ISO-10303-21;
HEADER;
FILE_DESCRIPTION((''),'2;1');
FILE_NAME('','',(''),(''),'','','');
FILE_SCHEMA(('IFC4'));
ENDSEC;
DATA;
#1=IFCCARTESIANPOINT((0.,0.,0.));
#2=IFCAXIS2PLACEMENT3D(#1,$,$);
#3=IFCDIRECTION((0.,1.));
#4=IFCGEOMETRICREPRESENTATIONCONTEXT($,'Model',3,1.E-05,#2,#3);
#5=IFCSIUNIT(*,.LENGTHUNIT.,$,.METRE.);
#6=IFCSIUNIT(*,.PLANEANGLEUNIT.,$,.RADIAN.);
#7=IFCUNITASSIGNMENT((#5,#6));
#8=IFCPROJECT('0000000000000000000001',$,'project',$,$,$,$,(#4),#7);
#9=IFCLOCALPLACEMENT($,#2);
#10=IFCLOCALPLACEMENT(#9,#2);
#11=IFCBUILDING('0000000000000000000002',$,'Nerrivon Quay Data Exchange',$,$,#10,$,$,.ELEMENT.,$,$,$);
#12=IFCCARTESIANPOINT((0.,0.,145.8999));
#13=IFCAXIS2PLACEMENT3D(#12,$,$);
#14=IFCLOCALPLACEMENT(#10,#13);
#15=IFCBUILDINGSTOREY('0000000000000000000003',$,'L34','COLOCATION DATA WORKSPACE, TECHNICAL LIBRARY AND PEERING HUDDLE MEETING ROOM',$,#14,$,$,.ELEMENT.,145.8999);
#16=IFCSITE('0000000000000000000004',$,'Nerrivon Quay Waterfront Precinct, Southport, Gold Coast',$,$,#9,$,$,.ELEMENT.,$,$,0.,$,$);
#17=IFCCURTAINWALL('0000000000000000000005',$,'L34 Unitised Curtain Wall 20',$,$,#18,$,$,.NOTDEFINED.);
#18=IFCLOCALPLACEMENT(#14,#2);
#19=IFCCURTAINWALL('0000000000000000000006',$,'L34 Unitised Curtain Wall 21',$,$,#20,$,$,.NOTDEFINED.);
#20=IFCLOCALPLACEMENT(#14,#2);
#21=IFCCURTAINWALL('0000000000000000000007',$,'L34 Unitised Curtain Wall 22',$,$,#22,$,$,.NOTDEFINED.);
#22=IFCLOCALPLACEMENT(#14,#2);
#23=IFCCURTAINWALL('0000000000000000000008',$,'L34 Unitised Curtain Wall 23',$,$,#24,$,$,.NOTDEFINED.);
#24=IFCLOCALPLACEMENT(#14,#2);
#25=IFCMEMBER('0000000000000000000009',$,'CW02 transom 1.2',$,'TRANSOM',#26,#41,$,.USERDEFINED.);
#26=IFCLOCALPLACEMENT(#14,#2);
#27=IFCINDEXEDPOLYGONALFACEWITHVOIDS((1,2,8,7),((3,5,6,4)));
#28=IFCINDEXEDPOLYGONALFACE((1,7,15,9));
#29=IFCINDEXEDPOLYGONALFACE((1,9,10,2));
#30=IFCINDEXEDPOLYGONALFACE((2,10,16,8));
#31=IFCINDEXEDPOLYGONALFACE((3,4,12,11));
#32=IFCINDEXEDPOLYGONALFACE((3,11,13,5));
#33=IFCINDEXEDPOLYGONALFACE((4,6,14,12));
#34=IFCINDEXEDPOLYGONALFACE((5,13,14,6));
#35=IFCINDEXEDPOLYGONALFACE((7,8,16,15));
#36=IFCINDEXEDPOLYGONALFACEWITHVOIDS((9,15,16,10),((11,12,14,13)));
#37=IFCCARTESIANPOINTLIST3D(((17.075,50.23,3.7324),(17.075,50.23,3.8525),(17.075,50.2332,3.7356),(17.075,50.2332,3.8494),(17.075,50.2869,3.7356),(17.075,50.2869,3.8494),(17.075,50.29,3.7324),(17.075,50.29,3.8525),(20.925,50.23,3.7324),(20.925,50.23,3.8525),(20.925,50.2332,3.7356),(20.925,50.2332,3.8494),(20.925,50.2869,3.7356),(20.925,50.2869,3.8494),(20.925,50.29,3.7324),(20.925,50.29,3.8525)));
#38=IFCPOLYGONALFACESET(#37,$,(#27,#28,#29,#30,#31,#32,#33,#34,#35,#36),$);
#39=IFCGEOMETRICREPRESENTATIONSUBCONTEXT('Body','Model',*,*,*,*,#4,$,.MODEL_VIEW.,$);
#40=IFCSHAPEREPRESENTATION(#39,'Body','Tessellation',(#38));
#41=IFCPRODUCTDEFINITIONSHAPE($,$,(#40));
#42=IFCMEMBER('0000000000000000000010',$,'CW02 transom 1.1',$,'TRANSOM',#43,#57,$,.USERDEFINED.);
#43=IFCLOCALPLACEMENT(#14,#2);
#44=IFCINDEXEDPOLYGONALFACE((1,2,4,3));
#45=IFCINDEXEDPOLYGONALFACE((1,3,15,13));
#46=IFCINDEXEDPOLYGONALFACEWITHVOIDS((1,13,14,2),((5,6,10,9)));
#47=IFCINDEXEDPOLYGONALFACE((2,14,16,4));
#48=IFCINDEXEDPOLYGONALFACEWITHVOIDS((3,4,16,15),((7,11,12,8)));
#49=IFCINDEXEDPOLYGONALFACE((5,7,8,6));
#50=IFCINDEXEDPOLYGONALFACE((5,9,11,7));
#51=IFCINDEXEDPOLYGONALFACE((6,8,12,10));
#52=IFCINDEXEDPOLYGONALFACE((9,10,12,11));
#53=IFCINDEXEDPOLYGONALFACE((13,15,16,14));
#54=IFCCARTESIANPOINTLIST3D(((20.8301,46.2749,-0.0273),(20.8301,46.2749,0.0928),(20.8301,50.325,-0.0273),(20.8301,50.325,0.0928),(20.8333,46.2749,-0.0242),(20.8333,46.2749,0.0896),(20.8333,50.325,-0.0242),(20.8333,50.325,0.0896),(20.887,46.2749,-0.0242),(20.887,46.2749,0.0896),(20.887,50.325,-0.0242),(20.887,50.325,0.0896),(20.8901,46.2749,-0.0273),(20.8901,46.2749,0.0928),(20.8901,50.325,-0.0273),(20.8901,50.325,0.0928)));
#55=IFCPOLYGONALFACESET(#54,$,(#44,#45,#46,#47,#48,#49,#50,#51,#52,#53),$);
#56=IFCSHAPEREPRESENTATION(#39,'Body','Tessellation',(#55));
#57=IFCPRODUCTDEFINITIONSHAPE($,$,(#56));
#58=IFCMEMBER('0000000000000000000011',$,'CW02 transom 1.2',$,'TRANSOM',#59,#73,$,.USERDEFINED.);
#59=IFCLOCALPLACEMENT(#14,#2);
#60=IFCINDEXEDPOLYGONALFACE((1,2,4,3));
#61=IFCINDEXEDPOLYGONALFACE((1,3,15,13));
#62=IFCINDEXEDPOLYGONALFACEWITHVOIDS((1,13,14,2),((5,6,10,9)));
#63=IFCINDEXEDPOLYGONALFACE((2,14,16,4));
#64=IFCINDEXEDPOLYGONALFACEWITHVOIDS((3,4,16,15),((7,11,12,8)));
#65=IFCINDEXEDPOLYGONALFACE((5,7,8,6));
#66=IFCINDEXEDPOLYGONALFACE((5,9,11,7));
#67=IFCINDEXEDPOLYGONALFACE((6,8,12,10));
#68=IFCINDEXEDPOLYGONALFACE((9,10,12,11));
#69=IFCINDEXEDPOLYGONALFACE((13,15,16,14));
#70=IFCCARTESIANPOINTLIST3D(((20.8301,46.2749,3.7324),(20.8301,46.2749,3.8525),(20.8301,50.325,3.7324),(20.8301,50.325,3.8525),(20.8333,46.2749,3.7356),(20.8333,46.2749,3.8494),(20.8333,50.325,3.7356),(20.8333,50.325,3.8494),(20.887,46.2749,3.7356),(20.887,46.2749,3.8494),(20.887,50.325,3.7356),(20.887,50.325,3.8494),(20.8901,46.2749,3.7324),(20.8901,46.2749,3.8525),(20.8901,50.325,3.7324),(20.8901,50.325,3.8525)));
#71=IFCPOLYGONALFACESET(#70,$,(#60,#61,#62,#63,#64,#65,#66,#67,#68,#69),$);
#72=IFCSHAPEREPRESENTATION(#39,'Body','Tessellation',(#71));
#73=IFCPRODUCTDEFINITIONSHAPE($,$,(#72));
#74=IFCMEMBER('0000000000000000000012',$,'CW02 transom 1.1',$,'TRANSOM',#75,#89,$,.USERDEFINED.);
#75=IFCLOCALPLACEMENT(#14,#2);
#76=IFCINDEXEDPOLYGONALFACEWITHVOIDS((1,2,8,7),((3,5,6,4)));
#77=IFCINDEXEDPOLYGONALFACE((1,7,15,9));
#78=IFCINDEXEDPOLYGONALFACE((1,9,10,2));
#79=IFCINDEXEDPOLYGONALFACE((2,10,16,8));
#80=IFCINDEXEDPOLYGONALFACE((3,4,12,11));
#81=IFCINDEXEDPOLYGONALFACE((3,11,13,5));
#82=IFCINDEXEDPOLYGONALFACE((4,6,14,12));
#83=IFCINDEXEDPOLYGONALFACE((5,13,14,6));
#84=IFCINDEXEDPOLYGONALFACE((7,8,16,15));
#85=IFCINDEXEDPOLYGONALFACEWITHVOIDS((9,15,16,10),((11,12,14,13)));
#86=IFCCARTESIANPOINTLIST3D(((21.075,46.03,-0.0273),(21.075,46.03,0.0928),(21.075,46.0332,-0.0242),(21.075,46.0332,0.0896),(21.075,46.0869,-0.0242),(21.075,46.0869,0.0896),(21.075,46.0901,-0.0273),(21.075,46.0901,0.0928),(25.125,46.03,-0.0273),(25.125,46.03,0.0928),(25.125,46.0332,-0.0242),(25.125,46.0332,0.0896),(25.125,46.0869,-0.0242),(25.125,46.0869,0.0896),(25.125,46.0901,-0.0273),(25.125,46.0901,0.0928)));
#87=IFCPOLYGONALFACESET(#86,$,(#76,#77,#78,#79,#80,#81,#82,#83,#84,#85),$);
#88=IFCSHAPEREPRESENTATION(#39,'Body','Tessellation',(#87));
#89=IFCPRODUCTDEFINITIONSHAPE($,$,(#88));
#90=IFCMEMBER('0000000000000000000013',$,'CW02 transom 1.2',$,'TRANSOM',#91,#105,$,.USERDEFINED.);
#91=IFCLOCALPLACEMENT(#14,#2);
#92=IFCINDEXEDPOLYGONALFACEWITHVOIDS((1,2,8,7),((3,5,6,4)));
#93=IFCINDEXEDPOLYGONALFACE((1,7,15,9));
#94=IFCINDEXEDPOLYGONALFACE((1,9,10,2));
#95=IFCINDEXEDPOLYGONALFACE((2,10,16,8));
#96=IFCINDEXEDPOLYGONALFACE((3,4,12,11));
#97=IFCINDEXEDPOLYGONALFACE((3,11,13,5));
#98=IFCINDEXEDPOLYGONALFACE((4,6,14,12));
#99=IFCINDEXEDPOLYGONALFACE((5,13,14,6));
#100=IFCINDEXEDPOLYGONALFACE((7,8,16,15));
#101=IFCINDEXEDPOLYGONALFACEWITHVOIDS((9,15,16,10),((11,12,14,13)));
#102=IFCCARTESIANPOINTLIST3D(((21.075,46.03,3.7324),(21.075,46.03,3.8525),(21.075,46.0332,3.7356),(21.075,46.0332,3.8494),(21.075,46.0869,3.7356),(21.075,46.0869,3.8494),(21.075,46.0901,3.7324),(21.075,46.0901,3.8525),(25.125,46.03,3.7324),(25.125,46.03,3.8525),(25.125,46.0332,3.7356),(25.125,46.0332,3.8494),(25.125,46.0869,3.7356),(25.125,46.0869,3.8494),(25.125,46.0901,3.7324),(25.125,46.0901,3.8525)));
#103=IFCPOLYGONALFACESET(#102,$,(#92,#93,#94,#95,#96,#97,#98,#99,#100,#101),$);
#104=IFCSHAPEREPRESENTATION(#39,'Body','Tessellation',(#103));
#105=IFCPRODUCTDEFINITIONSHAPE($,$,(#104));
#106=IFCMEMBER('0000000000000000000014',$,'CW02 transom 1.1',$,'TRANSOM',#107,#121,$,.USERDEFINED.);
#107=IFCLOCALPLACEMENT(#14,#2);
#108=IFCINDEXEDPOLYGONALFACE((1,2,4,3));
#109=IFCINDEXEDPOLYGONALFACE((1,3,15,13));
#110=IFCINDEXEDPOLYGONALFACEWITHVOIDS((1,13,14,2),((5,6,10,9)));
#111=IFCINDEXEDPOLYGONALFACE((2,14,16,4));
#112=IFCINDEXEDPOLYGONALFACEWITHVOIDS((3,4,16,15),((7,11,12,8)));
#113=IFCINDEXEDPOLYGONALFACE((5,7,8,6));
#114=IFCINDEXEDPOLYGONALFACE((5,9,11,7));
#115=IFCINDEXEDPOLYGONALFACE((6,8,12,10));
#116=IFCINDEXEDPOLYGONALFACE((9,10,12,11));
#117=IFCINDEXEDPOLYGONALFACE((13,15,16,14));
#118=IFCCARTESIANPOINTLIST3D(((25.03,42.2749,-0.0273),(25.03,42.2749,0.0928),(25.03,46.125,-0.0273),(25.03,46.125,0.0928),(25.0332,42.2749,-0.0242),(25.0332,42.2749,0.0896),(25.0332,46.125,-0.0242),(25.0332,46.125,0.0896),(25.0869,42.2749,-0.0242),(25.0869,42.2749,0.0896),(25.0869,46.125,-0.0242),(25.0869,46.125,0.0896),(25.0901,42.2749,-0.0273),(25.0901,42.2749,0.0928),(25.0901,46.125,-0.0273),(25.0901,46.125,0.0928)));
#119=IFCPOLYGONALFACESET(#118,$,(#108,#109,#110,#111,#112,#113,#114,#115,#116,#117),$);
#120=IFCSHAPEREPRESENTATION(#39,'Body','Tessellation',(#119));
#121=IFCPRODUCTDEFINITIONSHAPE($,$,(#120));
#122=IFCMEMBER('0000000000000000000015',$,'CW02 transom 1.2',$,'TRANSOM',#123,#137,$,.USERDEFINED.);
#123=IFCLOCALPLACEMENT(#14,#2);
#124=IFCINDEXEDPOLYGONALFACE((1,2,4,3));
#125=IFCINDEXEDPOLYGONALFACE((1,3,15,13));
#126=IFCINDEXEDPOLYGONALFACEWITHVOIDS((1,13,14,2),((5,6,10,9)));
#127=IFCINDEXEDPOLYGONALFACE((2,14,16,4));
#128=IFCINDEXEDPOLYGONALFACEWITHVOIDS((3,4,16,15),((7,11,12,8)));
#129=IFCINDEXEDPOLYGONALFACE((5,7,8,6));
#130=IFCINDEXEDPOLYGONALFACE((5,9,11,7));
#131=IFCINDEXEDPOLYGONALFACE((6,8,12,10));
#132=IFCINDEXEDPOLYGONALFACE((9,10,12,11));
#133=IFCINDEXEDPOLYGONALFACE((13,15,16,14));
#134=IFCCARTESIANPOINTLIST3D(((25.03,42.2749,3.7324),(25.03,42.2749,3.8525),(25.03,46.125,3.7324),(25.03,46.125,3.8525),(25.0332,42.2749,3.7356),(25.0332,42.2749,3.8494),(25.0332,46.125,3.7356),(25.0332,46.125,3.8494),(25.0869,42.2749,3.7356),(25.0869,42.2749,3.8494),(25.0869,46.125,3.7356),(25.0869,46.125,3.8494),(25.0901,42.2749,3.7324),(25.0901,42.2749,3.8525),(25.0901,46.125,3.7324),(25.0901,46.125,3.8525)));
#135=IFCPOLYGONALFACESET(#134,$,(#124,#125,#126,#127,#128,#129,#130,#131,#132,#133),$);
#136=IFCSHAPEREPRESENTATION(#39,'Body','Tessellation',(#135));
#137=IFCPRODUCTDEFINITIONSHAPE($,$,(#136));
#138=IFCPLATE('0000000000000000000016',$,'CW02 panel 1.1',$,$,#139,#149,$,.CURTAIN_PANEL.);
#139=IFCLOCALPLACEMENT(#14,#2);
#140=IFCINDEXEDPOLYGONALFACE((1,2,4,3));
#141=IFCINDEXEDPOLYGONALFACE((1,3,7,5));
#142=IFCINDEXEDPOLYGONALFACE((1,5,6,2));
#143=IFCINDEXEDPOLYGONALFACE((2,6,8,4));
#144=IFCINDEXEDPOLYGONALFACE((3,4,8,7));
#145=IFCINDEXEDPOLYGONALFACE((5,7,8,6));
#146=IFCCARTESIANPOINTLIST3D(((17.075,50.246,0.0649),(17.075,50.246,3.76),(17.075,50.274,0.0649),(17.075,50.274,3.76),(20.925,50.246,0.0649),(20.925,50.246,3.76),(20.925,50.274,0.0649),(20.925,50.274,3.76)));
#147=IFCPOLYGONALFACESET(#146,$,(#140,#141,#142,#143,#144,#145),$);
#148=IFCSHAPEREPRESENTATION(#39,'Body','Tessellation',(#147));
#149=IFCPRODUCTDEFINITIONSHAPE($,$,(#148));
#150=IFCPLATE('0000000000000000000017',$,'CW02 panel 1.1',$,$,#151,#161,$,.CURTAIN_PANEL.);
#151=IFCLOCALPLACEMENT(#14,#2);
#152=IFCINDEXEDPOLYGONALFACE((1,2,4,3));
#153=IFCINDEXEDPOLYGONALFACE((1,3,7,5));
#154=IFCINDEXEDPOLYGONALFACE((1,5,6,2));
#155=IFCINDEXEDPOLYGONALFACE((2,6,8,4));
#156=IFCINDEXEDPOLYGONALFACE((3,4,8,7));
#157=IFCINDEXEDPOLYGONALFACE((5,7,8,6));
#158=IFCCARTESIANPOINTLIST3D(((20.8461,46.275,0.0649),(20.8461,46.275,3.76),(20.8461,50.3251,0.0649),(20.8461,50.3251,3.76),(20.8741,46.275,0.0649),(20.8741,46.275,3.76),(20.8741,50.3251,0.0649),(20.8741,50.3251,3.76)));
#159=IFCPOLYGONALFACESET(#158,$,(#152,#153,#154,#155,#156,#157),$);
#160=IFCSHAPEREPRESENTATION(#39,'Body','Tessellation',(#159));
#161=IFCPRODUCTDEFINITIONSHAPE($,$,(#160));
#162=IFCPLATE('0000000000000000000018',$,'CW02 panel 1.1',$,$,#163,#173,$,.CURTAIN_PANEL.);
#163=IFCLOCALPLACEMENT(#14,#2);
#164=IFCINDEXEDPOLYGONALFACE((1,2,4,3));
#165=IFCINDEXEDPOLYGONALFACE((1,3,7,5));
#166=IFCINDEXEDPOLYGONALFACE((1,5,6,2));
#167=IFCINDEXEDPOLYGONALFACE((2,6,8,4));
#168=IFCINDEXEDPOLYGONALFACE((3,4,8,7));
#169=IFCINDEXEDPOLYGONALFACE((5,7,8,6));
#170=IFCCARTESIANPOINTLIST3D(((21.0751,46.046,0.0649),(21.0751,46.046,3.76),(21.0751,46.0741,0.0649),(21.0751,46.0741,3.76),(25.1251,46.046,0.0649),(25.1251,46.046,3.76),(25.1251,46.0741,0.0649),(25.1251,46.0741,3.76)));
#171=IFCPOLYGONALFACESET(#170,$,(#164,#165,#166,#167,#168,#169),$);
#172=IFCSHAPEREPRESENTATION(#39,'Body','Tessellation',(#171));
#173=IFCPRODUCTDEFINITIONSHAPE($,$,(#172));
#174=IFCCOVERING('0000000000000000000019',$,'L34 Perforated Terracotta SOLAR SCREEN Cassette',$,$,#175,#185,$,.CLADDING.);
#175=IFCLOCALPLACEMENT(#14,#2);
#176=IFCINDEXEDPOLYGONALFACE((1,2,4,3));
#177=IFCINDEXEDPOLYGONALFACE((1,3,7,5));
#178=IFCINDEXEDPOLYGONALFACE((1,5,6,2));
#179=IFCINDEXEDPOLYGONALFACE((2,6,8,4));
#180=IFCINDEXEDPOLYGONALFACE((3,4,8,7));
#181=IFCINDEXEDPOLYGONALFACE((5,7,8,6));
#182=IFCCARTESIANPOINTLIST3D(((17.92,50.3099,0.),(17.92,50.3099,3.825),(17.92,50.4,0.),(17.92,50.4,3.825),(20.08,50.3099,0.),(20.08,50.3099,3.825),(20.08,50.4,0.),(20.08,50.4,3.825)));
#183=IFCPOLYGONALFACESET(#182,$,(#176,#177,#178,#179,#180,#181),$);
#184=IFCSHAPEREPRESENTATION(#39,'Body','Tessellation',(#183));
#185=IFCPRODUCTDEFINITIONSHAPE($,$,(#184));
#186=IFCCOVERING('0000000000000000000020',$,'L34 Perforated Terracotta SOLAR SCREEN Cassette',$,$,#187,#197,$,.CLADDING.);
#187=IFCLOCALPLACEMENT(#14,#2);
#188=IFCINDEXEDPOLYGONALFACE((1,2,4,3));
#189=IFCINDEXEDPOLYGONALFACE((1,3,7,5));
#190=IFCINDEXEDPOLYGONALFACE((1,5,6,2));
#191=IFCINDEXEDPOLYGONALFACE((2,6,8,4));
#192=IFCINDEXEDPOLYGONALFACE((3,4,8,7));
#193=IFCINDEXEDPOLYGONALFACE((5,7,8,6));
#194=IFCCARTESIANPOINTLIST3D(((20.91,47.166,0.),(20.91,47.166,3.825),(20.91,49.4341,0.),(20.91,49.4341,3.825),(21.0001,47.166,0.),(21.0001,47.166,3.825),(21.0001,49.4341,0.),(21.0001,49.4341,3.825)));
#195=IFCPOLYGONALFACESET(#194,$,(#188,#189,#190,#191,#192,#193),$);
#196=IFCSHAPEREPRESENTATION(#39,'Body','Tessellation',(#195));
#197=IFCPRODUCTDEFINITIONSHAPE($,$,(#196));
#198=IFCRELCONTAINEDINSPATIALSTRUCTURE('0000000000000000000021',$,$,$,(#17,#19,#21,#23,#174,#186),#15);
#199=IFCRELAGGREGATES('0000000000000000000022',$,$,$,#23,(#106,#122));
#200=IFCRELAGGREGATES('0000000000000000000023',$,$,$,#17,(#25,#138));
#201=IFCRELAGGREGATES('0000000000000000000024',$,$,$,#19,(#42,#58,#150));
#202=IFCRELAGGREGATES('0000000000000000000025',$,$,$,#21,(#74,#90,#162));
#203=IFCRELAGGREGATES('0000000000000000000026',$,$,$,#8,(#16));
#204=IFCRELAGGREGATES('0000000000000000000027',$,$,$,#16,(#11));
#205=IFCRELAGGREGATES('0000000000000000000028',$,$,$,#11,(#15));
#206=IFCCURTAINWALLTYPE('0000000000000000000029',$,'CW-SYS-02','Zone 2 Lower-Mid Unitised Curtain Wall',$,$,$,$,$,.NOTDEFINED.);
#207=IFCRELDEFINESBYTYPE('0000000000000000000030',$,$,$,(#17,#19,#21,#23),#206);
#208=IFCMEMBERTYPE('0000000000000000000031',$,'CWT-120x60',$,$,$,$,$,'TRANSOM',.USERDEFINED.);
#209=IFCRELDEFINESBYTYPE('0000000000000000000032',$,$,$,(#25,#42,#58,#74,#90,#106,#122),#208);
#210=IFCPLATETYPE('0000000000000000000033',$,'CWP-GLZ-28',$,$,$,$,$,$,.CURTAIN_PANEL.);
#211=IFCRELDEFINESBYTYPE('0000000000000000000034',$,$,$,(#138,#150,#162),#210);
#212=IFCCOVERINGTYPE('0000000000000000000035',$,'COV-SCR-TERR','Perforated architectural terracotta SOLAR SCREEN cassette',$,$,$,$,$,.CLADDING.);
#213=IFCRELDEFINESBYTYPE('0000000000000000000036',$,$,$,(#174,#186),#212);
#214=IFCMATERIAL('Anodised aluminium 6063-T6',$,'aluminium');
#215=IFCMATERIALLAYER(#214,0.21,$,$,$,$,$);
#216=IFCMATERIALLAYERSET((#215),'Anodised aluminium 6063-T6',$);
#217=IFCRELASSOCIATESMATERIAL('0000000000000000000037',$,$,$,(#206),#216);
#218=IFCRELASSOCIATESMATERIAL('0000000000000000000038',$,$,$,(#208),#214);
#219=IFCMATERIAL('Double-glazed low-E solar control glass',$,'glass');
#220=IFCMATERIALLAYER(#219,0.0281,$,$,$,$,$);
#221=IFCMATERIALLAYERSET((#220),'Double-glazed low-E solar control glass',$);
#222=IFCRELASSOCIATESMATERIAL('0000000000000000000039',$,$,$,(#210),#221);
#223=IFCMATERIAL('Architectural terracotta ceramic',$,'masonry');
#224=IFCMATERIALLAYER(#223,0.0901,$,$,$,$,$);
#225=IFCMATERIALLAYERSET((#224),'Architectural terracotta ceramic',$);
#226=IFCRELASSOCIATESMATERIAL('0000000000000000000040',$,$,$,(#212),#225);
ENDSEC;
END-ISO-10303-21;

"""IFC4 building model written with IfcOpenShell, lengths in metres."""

from ifc_helpers import new_model, si_unit, direction, frame, origin, origin_2d, place, context, subcontext, project, spatial, rectangle, hollow_rectangle, extrude, material, layer, layer_set, material_profile, profile_set, type_object, element, aggregate, save


model = new_model("IFC4")

# Units and contexts
model_context = context("Model", 3, precision=1e-05, world=origin(), true_north=direction((0.0, 1.0)))
body_context = subcontext(model_context, "Body", "Model", "MODEL_VIEW")
ifc_project = project(units=[si_unit("LENGTHUNIT", "METRE"), si_unit("PLANEANGLEUNIT", "RADIAN")], contexts=[model_context])

# Site, building, storey
site_placement = place(None, origin())
site = spatial("IfcSite", under=ifc_project, at=site_placement, Name="Nerrivon Quay Waterfront Precinct, Southport, Gold Coast", CompositionType="ELEMENT", RefElevation=0.0)
building_placement = place(site_placement, origin())
building = spatial("IfcBuilding", under=site, at=building_placement, Name="Nerrivon Quay Data Exchange", CompositionType="ELEMENT")
storey_placement = place(building_placement, frame((0.0, 0.0, 145.8999)))
storey = spatial("IfcBuildingStorey", under=building, at=storey_placement, Name="L34", Description="COLOCATION DATA WORKSPACE, TECHNICAL LIBRARY AND PEERING HUDDLE MEETING ROOM", CompositionType="ELEMENT", Elevation=145.8999)

# Shared definitions
ifc_material_1 = material(Name="Anodised aluminium 6063-T6", Category="aluminium")
ifc_layer_1 = layer(ifc_material_1, 0.21)
ifc_layer_set_1 = layer_set([ifc_layer_1], Name="Anodised aluminium 6063-T6")
curtain_wall_type = type_object("IfcCurtainWallType", Name="CW-SYS-02", Description="Zone 2 Lower-Mid Unitised Curtain Wall", PredefinedType="NOTDEFINED", material=ifc_layer_set_1)

# Curtain walls
curtain_wall_1_placement = place(storey_placement, origin())
curtain_wall_1 = element("IfcCurtainWall", 1, at=curtain_wall_1_placement, inside=storey, type_object=curtain_wall_type, Name="L34 Unitised Curtain Wall 20", PredefinedType="NOTDEFINED")
curtain_wall_2_placement = place(storey_placement, origin())
curtain_wall_2 = element("IfcCurtainWall", 2, at=curtain_wall_2_placement, inside=storey, type_object=curtain_wall_type, Name="L34 Unitised Curtain Wall 21", PredefinedType="NOTDEFINED")
curtain_wall_3_placement = place(storey_placement, origin())
curtain_wall_3 = element("IfcCurtainWall", 3, at=curtain_wall_3_placement, inside=storey, type_object=curtain_wall_type, Name="L34 Unitised Curtain Wall 22", PredefinedType="NOTDEFINED")

# Curtain wall
curtain_wall_4_placement = place(storey_placement, origin())
curtain_wall_4 = element("IfcCurtainWall", 4, at=curtain_wall_4_placement, inside=storey, type_object=curtain_wall_type, Name="L34 Unitised Curtain Wall 23", PredefinedType="NOTDEFINED")

# Members
ifc_material_profile_1 = material_profile(ifc_material_1, hollow_rectangle(XDim=0.0601, YDim=0.1201, WallThickness=0.0032, at=origin_2d()), Name="ALU-TRAN-120x60")
ifc_profile_set_1 = profile_set([ifc_material_profile_1], Name="Anodised aluminium 6063-T6")
member_type_1 = type_object("IfcMemberType", Name="CWT-120x60", ElementType="TRANSOM", PredefinedType="USERDEFINED", material=ifc_profile_set_1)
member_1_placement = place(storey_placement, frame((17.075, 50.26, 3.7925), z_axis=(1.0, 0.0, 0.0), x_axis=(0.0, 1.0, 0.0)))
member_1 = element("IfcMember", 5, at=member_1_placement, type_object=member_type_1, Name="CW02 transom 1.2", ObjectType="TRANSOM", PredefinedType="USERDEFINED", context=body_context, shape_type="SweptSolid", body=[
    extrude(hollow_rectangle(XDim=0.0601, YDim=0.1201, WallThickness=0.0032, at=origin_2d()), origin(), (0.0, 0.0, 1.0), 3.8501),
])
member_2_placement = place(storey_placement, frame((20.8601, 50.325, 0.0327), z_axis=(0.0, -1.0, 0.0), x_axis=(1.0, 0.0, 0.0)))
member_2 = element("IfcMember", 6, at=member_2_placement, type_object=member_type_1, Name="CW02 transom 1.1", ObjectType="TRANSOM", PredefinedType="USERDEFINED", context=body_context, shape_type="SweptSolid", body=[
    extrude(hollow_rectangle(XDim=0.0601, YDim=0.1201, WallThickness=0.0032, at=origin_2d()), origin(), (0.0, 0.0, 1.0), 4.05),
])
member_3_placement = place(storey_placement, frame((20.8601, 50.325, 3.7925), z_axis=(0.0, -1.0, 0.0), x_axis=(1.0, 0.0, 0.0)))
member_3 = element("IfcMember", 7, at=member_3_placement, type_object=member_type_1, Name="CW02 transom 1.2", ObjectType="TRANSOM", PredefinedType="USERDEFINED", context=body_context, shape_type="SweptSolid", body=[
    extrude(hollow_rectangle(XDim=0.0601, YDim=0.1201, WallThickness=0.0032, at=origin_2d()), origin(), (0.0, 0.0, 1.0), 4.05),
])
member_4_placement = place(storey_placement, frame((21.075, 46.0601, 0.0327), z_axis=(1.0, 0.0, 0.0), x_axis=(0.0, 1.0, 0.0)))
member_4 = element("IfcMember", 8, at=member_4_placement, type_object=member_type_1, Name="CW02 transom 1.1", ObjectType="TRANSOM", PredefinedType="USERDEFINED", context=body_context, shape_type="SweptSolid", body=[
    extrude(hollow_rectangle(XDim=0.0601, YDim=0.1201, WallThickness=0.0032, at=origin_2d()), origin(), (0.0, 0.0, 1.0), 4.05),
])
member_5_placement = place(storey_placement, frame((21.075, 46.0601, 3.7925), z_axis=(1.0, 0.0, 0.0), x_axis=(0.0, 1.0, 0.0)))
member_5 = element("IfcMember", 9, at=member_5_placement, type_object=member_type_1, Name="CW02 transom 1.2", ObjectType="TRANSOM", PredefinedType="USERDEFINED", context=body_context, shape_type="SweptSolid", body=[
    extrude(hollow_rectangle(XDim=0.0601, YDim=0.1201, WallThickness=0.0032, at=origin_2d()), origin(), (0.0, 0.0, 1.0), 4.05),
])
member_6_placement = place(storey_placement, frame((25.0601, 46.125, 0.0327), z_axis=(0.0, -1.0, 0.0), x_axis=(1.0, 0.0, 0.0)))
member_6 = element("IfcMember", 10, at=member_6_placement, type_object=member_type_1, Name="CW02 transom 1.1", ObjectType="TRANSOM", PredefinedType="USERDEFINED", context=body_context, shape_type="SweptSolid", body=[
    extrude(hollow_rectangle(XDim=0.0601, YDim=0.1201, WallThickness=0.0032, at=origin_2d()), origin(), (0.0, 0.0, 1.0), 3.8501),
])
member_7_placement = place(storey_placement, frame((25.0601, 46.125, 3.7925), z_axis=(0.0, -1.0, 0.0), x_axis=(1.0, 0.0, 0.0)))
member_7 = element("IfcMember", 11, at=member_7_placement, type_object=member_type_1, Name="CW02 transom 1.2", ObjectType="TRANSOM", PredefinedType="USERDEFINED", context=body_context, shape_type="SweptSolid", body=[
    extrude(hollow_rectangle(XDim=0.0601, YDim=0.1201, WallThickness=0.0032, at=origin_2d()), origin(), (0.0, 0.0, 1.0), 3.8501),
])
aggregate(curtain_wall_4, [member_6, member_7])

# Plates
ifc_material_2 = material(Name="Double-glazed low-E solar control glass", Category="glass")
ifc_layer_2 = layer(ifc_material_2, 0.0281)
ifc_layer_set_2 = layer_set([ifc_layer_2], Name="Double-glazed low-E solar control glass")
plate_type = type_object("IfcPlateType", Name="CWP-GLZ-28", PredefinedType="CURTAIN_PANEL", material=ifc_layer_set_2)
plate_1_placement = place(storey_placement, frame((19.0, 50.26, 0.0649), z_axis=(0.0, 0.0, 1.0), x_axis=(1.0, 0.0, 0.0)))
plate_1 = element("IfcPlate", 12, at=plate_1_placement, type_object=plate_type, Name="CW02 panel 1.1", PredefinedType="CURTAIN_PANEL", context=body_context, shape_type="SweptSolid", body=[
    extrude(rectangle(XDim=3.8501, YDim=0.0281, at=origin_2d()), origin(), (0.0, 0.0, 1.0), 3.6951),
])
aggregate(curtain_wall_1, [member_1, plate_1])
plate_2_placement = place(storey_placement, frame((20.8601, 48.3, 0.0649), z_axis=(0.0, 0.0, 1.0), x_axis=(0.0, -1.0, 0.0)))
plate_2 = element("IfcPlate", 13, at=plate_2_placement, type_object=plate_type, Name="CW02 panel 1.1", PredefinedType="CURTAIN_PANEL", context=body_context, shape_type="SweptSolid", body=[
    extrude(rectangle(XDim=4.05, YDim=0.0281, at=origin_2d()), origin(), (0.0, 0.0, 1.0), 3.6951),
])
aggregate(curtain_wall_2, [member_2, member_3, plate_2])
plate_3_placement = place(storey_placement, frame((23.1001, 46.0601, 0.0649), z_axis=(0.0, 0.0, 1.0), x_axis=(1.0, 0.0, 0.0)))
plate_3 = element("IfcPlate", 14, at=plate_3_placement, type_object=plate_type, Name="CW02 panel 1.1", PredefinedType="CURTAIN_PANEL", context=body_context, shape_type="SweptSolid", body=[
    extrude(rectangle(XDim=4.05, YDim=0.0281, at=origin_2d()), origin(), (0.0, 0.0, 1.0), 3.6951),
])
aggregate(curtain_wall_3, [member_4, member_5, plate_3])

# Coverings
ifc_material_3 = material(Name="Architectural terracotta ceramic", Category="masonry")
ifc_layer_3 = layer(ifc_material_3, 0.0901)
ifc_layer_set_3 = layer_set([ifc_layer_3], Name="Architectural terracotta ceramic")
covering_type = type_object("IfcCoveringType", Name="COV-SCR-TERR", Description="Perforated architectural terracotta SOLAR SCREEN cassette", PredefinedType="CLADDING", material=ifc_layer_set_3)
covering_1_placement = place(storey_placement, frame((19.0, 50.355, 0.0), z_axis=(0.0, 0.0, 1.0), x_axis=(1.0, 0.0, 0.0)))
element("IfcCovering", 15, at=covering_1_placement, inside=storey, type_object=covering_type, Name="L34 Perforated Terracotta SOLAR SCREEN Cassette", PredefinedType="CLADDING", context=body_context, shape_type="SweptSolid", body=[
    extrude(rectangle(XDim=2.1599, YDim=0.0901, at=origin_2d()), origin(), (0.0, 0.0, 1.0), 3.825),
])
for number, where, z_axis, x_axis, name in (
    (16, (20.9551, 48.3, 0.0), (0.0, 0.0, 1.0), (0.0, -1.0, 0.0), "L34 Perforated Terracotta SOLAR SCREEN Cassette"),
):
    element("IfcCovering", number, at=place(storey_placement, frame(where, z_axis=z_axis, x_axis=x_axis)), inside=storey, type_object=covering_type, Name=name, PredefinedType="CLADDING", context=body_context, shape_type="SweptSolid", body=[
        extrude(rectangle(XDim=2.2681, YDim=0.0901, at=origin_2d()), origin(), (0.0, 0.0, 1.0), 3.825),
    ])

save(model, "model.ifc")
